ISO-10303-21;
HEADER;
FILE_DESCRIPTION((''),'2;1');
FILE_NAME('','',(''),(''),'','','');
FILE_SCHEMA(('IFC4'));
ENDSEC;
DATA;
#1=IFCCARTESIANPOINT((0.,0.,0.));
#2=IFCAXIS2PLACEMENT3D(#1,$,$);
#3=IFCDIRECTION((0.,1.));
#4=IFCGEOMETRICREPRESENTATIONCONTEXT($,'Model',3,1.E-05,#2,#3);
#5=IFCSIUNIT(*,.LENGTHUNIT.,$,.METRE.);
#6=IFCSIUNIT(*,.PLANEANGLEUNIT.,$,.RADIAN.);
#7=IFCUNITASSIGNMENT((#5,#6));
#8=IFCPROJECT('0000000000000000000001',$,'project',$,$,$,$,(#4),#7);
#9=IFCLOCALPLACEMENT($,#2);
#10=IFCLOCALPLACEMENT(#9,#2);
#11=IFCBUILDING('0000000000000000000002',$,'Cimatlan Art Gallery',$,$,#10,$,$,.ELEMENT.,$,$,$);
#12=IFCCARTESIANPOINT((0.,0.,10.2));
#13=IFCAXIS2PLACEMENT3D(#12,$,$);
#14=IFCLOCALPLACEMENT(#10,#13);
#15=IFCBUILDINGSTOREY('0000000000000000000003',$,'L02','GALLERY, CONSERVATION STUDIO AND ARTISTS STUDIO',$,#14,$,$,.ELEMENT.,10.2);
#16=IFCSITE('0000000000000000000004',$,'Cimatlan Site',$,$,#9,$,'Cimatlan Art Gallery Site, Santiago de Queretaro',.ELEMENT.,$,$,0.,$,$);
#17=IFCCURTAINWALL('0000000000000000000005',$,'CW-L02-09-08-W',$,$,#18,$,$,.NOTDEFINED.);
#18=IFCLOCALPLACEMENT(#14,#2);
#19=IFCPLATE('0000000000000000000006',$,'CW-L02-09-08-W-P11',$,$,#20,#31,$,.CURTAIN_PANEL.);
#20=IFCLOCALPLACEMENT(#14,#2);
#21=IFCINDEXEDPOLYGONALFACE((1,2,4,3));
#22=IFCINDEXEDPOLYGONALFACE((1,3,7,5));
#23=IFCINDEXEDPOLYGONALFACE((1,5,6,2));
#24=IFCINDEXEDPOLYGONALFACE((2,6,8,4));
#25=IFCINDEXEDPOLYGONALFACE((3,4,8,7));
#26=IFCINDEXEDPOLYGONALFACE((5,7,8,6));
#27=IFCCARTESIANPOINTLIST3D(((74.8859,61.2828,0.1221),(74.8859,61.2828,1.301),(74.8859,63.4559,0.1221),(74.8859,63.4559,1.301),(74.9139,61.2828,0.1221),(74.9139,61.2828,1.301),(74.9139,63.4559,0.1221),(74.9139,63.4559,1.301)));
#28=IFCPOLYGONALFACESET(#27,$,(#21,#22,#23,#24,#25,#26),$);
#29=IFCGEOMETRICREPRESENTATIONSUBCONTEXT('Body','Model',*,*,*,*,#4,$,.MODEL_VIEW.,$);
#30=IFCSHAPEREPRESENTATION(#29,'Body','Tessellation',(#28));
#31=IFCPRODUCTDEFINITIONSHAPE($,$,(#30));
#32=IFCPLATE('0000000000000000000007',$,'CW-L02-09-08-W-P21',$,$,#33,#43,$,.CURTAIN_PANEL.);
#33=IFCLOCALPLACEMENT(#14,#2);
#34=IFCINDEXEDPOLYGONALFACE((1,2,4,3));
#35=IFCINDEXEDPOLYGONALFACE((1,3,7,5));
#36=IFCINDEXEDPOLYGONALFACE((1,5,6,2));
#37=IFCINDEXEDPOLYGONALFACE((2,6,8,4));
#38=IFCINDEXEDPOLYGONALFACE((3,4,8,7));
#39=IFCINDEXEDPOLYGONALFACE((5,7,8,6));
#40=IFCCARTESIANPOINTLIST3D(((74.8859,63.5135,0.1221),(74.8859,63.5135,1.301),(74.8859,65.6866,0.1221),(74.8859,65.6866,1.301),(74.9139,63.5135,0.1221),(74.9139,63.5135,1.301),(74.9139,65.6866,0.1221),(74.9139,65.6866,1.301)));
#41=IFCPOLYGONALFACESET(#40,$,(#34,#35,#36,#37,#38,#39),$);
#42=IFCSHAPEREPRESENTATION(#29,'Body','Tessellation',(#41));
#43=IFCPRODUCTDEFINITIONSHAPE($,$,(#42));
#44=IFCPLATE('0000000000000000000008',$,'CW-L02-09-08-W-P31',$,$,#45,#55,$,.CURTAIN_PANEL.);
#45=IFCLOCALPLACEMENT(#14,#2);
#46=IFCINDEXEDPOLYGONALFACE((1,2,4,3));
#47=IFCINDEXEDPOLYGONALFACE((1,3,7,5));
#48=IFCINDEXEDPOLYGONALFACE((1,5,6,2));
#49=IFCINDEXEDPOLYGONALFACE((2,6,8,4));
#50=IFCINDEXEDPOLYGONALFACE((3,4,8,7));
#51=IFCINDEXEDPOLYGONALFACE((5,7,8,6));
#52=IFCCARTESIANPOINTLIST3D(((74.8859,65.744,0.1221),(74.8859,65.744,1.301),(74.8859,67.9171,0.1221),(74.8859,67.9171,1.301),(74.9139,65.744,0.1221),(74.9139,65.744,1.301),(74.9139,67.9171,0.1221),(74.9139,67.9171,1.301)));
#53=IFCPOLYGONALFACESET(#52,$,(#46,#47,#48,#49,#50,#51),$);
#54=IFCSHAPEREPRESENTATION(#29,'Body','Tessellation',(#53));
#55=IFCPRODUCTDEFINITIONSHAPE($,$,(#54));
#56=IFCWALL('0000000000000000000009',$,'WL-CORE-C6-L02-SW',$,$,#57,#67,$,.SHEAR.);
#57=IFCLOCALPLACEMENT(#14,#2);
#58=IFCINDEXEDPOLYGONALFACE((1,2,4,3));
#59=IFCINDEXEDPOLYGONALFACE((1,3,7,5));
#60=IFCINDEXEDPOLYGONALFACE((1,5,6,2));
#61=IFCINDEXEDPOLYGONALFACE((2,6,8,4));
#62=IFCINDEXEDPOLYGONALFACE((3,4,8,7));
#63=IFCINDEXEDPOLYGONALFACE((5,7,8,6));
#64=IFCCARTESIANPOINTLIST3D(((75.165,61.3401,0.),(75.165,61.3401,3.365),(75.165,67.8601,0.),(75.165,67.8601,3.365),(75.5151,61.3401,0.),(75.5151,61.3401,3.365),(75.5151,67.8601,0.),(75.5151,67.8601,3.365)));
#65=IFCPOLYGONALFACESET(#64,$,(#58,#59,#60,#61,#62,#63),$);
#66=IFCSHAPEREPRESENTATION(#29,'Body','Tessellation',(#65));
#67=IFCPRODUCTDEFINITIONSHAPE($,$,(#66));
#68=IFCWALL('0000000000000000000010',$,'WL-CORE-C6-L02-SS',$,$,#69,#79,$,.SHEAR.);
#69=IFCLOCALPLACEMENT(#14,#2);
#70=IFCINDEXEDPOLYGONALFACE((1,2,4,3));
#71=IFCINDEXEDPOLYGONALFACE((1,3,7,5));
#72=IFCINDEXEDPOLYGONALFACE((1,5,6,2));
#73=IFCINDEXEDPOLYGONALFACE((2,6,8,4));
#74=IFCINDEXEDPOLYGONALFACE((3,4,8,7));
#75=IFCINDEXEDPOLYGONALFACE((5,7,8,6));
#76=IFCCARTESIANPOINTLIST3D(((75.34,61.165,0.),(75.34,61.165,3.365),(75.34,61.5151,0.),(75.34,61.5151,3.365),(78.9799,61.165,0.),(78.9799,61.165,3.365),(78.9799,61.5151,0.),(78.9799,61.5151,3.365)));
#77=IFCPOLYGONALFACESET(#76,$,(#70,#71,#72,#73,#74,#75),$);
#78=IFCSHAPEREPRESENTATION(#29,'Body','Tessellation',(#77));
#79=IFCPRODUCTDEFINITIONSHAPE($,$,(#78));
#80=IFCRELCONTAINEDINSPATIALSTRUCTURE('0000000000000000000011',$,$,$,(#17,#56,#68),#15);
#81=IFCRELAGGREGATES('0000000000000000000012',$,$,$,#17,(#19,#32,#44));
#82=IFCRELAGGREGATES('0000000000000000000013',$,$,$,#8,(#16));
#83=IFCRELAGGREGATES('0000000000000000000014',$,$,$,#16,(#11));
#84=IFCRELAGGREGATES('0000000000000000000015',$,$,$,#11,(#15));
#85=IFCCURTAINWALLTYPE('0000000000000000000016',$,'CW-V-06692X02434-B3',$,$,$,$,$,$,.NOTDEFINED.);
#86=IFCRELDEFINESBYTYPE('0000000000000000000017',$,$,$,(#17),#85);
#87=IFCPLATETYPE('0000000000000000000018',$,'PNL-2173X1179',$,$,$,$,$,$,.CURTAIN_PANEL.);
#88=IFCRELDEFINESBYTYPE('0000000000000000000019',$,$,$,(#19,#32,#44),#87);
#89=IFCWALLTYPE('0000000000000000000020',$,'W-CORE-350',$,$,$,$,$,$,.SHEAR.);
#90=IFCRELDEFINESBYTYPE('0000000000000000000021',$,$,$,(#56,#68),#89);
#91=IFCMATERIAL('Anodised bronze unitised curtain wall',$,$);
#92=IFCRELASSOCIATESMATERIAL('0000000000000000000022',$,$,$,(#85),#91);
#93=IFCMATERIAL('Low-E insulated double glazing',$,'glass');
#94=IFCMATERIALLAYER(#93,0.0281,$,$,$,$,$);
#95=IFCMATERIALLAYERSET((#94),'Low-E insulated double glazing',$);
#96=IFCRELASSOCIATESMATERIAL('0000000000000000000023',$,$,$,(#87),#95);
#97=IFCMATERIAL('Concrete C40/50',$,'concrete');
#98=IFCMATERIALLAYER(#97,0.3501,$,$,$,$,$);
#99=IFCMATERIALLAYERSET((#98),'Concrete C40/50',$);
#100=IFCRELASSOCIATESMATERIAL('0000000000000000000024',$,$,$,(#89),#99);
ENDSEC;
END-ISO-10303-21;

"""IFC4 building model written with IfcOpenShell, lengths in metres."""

from ifc_helpers import new_model, si_unit, direction, frame, frame_2d, origin, origin_2d, place, context, subcontext, project, spatial, rectangle, extrude, material, layer, layer_set, type_object, element, aggregate, save


model = new_model("IFC4")

# Units and contexts
model_context = context("Model", 3, precision=1e-05, world=origin(), true_north=direction((0.0, 1.0)))
body_context = subcontext(model_context, "Body", "Model", "MODEL_VIEW")
ifc_project = project(units=[si_unit("LENGTHUNIT", "METRE"), si_unit("PLANEANGLEUNIT", "RADIAN")], contexts=[model_context])

# Site, building, storey
site_placement = place(None, origin())
site = spatial("IfcSite", under=ifc_project, at=site_placement, Name="Cimatlan Site", LongName="Cimatlan Art Gallery Site, Santiago de Queretaro", CompositionType="ELEMENT", RefElevation=0.0)
building_placement = place(site_placement, origin())
building = spatial("IfcBuilding", under=site, at=building_placement, Name="Cimatlan Art Gallery", CompositionType="ELEMENT")
storey_placement = place(building_placement, frame((0.0, 0.0, 10.2)))
storey = spatial("IfcBuildingStorey", under=building, at=storey_placement, Name="L02", Description="GALLERY, CONSERVATION STUDIO AND ARTISTS STUDIO", CompositionType="ELEMENT", Elevation=10.2)

# Curtain wall
ifc_material_1 = material(Name="Anodised bronze unitised curtain wall")
curtain_wall_type_1 = type_object("IfcCurtainWallType", Name="CW-V-06692X02434-B3", PredefinedType="NOTDEFINED", material=ifc_material_1)
curtain_wall_1_placement = place(storey_placement, origin())
curtain_wall_1 = element("IfcCurtainWall", 1, at=curtain_wall_1_placement, inside=storey, type_object=curtain_wall_type_1, Name="CW-L02-09-08-W", PredefinedType="NOTDEFINED")

# Plates
ifc_material_2 = material(Name="Low-E insulated double glazing", Category="glass")
ifc_layer_1 = layer(ifc_material_2, 0.0281)
ifc_layer_set_1 = layer_set([ifc_layer_1], Name="Low-E insulated double glazing")
plate_type_1 = type_object("IfcPlateType", Name="PNL-2173X1179", PredefinedType="CURTAIN_PANEL", material=ifc_layer_set_1)
plate_1_placement = place(storey_placement, frame((74.8999, 62.3694, 0.1221), z_axis=(0.0, 0.0, 1.0), x_axis=(0.0, 1.0, 0.0)))
plate_1 = element("IfcPlate", 2, at=plate_1_placement, type_object=plate_type_1, Name="CW-L02-09-08-W-P11", PredefinedType="CURTAIN_PANEL", context=body_context, shape_type="SweptSolid", body=[
    extrude(rectangle(XDim=2.1731, YDim=0.0281, at=origin_2d()), origin(), (0.0, 0.0, 1.0), 1.179),
])
plate_2_placement = place(storey_placement, frame((74.8999, 64.6001, 0.1221), z_axis=(0.0, 0.0, 1.0), x_axis=(0.0, 1.0, 0.0)))
plate_2 = element("IfcPlate", 3, at=plate_2_placement, type_object=plate_type_1, Name="CW-L02-09-08-W-P21", PredefinedType="CURTAIN_PANEL", context=body_context, shape_type="SweptSolid", body=[
    extrude(rectangle(XDim=2.1731, YDim=0.0281, at=origin_2d()), origin(), (0.0, 0.0, 1.0), 1.179),
])
plate_3_placement = place(storey_placement, frame((74.8999, 66.8306, 0.1221), z_axis=(0.0, 0.0, 1.0), x_axis=(0.0, 1.0, 0.0)))
plate_3 = element("IfcPlate", 4, at=plate_3_placement, type_object=plate_type_1, Name="CW-L02-09-08-W-P31", PredefinedType="CURTAIN_PANEL", context=body_context, shape_type="SweptSolid", body=[
    extrude(rectangle(XDim=2.1731, YDim=0.0281, at=origin_2d()), origin(), (0.0, 0.0, 1.0), 1.179),
])
aggregate(curtain_wall_1, [plate_1, plate_2, plate_3])

# Walls
ifc_material_3 = material(Name="Concrete C40/50", Category="concrete")
ifc_layer_2 = layer(ifc_material_3, 0.3501)
ifc_layer_set_2 = layer_set([ifc_layer_2], Name="Concrete C40/50")
wall_type = type_object("IfcWallType", Name="W-CORE-350", PredefinedType="SHEAR", material=ifc_layer_set_2)
wall_1_placement = place(storey_placement, frame((75.3401, 61.3401, 0.0), z_axis=(0.0, 0.0, 1.0), x_axis=(0.0, 1.0, 0.0)))
element("IfcWall", 5, at=wall_1_placement, inside=storey, type_object=wall_type, Name="WL-CORE-C6-L02-SW", PredefinedType="SHEAR", context=body_context, shape_type="SweptSolid", body=[
    extrude(rectangle(XDim=6.52, YDim=0.3501, at=frame_2d((3.26, 0.0))), origin(), (0.0, 0.0, 1.0), 3.365),
])
wall_2_placement = place(storey_placement, frame((75.3401, 61.3401, 0.0), z_axis=(0.0, 0.0, 1.0), x_axis=(1.0, 0.0, 0.0)))
element("IfcWall", 6, at=wall_2_placement, inside=storey, type_object=wall_type, Name="WL-CORE-C6-L02-SS", PredefinedType="SHEAR", context=body_context, shape_type="SweptSolid", body=[
    extrude(rectangle(XDim=3.6399, YDim=0.3501, at=frame_2d((1.8198, 0.0))), origin(), (0.0, 0.0, 1.0), 3.365),
])

save(model, "model.ifc")
